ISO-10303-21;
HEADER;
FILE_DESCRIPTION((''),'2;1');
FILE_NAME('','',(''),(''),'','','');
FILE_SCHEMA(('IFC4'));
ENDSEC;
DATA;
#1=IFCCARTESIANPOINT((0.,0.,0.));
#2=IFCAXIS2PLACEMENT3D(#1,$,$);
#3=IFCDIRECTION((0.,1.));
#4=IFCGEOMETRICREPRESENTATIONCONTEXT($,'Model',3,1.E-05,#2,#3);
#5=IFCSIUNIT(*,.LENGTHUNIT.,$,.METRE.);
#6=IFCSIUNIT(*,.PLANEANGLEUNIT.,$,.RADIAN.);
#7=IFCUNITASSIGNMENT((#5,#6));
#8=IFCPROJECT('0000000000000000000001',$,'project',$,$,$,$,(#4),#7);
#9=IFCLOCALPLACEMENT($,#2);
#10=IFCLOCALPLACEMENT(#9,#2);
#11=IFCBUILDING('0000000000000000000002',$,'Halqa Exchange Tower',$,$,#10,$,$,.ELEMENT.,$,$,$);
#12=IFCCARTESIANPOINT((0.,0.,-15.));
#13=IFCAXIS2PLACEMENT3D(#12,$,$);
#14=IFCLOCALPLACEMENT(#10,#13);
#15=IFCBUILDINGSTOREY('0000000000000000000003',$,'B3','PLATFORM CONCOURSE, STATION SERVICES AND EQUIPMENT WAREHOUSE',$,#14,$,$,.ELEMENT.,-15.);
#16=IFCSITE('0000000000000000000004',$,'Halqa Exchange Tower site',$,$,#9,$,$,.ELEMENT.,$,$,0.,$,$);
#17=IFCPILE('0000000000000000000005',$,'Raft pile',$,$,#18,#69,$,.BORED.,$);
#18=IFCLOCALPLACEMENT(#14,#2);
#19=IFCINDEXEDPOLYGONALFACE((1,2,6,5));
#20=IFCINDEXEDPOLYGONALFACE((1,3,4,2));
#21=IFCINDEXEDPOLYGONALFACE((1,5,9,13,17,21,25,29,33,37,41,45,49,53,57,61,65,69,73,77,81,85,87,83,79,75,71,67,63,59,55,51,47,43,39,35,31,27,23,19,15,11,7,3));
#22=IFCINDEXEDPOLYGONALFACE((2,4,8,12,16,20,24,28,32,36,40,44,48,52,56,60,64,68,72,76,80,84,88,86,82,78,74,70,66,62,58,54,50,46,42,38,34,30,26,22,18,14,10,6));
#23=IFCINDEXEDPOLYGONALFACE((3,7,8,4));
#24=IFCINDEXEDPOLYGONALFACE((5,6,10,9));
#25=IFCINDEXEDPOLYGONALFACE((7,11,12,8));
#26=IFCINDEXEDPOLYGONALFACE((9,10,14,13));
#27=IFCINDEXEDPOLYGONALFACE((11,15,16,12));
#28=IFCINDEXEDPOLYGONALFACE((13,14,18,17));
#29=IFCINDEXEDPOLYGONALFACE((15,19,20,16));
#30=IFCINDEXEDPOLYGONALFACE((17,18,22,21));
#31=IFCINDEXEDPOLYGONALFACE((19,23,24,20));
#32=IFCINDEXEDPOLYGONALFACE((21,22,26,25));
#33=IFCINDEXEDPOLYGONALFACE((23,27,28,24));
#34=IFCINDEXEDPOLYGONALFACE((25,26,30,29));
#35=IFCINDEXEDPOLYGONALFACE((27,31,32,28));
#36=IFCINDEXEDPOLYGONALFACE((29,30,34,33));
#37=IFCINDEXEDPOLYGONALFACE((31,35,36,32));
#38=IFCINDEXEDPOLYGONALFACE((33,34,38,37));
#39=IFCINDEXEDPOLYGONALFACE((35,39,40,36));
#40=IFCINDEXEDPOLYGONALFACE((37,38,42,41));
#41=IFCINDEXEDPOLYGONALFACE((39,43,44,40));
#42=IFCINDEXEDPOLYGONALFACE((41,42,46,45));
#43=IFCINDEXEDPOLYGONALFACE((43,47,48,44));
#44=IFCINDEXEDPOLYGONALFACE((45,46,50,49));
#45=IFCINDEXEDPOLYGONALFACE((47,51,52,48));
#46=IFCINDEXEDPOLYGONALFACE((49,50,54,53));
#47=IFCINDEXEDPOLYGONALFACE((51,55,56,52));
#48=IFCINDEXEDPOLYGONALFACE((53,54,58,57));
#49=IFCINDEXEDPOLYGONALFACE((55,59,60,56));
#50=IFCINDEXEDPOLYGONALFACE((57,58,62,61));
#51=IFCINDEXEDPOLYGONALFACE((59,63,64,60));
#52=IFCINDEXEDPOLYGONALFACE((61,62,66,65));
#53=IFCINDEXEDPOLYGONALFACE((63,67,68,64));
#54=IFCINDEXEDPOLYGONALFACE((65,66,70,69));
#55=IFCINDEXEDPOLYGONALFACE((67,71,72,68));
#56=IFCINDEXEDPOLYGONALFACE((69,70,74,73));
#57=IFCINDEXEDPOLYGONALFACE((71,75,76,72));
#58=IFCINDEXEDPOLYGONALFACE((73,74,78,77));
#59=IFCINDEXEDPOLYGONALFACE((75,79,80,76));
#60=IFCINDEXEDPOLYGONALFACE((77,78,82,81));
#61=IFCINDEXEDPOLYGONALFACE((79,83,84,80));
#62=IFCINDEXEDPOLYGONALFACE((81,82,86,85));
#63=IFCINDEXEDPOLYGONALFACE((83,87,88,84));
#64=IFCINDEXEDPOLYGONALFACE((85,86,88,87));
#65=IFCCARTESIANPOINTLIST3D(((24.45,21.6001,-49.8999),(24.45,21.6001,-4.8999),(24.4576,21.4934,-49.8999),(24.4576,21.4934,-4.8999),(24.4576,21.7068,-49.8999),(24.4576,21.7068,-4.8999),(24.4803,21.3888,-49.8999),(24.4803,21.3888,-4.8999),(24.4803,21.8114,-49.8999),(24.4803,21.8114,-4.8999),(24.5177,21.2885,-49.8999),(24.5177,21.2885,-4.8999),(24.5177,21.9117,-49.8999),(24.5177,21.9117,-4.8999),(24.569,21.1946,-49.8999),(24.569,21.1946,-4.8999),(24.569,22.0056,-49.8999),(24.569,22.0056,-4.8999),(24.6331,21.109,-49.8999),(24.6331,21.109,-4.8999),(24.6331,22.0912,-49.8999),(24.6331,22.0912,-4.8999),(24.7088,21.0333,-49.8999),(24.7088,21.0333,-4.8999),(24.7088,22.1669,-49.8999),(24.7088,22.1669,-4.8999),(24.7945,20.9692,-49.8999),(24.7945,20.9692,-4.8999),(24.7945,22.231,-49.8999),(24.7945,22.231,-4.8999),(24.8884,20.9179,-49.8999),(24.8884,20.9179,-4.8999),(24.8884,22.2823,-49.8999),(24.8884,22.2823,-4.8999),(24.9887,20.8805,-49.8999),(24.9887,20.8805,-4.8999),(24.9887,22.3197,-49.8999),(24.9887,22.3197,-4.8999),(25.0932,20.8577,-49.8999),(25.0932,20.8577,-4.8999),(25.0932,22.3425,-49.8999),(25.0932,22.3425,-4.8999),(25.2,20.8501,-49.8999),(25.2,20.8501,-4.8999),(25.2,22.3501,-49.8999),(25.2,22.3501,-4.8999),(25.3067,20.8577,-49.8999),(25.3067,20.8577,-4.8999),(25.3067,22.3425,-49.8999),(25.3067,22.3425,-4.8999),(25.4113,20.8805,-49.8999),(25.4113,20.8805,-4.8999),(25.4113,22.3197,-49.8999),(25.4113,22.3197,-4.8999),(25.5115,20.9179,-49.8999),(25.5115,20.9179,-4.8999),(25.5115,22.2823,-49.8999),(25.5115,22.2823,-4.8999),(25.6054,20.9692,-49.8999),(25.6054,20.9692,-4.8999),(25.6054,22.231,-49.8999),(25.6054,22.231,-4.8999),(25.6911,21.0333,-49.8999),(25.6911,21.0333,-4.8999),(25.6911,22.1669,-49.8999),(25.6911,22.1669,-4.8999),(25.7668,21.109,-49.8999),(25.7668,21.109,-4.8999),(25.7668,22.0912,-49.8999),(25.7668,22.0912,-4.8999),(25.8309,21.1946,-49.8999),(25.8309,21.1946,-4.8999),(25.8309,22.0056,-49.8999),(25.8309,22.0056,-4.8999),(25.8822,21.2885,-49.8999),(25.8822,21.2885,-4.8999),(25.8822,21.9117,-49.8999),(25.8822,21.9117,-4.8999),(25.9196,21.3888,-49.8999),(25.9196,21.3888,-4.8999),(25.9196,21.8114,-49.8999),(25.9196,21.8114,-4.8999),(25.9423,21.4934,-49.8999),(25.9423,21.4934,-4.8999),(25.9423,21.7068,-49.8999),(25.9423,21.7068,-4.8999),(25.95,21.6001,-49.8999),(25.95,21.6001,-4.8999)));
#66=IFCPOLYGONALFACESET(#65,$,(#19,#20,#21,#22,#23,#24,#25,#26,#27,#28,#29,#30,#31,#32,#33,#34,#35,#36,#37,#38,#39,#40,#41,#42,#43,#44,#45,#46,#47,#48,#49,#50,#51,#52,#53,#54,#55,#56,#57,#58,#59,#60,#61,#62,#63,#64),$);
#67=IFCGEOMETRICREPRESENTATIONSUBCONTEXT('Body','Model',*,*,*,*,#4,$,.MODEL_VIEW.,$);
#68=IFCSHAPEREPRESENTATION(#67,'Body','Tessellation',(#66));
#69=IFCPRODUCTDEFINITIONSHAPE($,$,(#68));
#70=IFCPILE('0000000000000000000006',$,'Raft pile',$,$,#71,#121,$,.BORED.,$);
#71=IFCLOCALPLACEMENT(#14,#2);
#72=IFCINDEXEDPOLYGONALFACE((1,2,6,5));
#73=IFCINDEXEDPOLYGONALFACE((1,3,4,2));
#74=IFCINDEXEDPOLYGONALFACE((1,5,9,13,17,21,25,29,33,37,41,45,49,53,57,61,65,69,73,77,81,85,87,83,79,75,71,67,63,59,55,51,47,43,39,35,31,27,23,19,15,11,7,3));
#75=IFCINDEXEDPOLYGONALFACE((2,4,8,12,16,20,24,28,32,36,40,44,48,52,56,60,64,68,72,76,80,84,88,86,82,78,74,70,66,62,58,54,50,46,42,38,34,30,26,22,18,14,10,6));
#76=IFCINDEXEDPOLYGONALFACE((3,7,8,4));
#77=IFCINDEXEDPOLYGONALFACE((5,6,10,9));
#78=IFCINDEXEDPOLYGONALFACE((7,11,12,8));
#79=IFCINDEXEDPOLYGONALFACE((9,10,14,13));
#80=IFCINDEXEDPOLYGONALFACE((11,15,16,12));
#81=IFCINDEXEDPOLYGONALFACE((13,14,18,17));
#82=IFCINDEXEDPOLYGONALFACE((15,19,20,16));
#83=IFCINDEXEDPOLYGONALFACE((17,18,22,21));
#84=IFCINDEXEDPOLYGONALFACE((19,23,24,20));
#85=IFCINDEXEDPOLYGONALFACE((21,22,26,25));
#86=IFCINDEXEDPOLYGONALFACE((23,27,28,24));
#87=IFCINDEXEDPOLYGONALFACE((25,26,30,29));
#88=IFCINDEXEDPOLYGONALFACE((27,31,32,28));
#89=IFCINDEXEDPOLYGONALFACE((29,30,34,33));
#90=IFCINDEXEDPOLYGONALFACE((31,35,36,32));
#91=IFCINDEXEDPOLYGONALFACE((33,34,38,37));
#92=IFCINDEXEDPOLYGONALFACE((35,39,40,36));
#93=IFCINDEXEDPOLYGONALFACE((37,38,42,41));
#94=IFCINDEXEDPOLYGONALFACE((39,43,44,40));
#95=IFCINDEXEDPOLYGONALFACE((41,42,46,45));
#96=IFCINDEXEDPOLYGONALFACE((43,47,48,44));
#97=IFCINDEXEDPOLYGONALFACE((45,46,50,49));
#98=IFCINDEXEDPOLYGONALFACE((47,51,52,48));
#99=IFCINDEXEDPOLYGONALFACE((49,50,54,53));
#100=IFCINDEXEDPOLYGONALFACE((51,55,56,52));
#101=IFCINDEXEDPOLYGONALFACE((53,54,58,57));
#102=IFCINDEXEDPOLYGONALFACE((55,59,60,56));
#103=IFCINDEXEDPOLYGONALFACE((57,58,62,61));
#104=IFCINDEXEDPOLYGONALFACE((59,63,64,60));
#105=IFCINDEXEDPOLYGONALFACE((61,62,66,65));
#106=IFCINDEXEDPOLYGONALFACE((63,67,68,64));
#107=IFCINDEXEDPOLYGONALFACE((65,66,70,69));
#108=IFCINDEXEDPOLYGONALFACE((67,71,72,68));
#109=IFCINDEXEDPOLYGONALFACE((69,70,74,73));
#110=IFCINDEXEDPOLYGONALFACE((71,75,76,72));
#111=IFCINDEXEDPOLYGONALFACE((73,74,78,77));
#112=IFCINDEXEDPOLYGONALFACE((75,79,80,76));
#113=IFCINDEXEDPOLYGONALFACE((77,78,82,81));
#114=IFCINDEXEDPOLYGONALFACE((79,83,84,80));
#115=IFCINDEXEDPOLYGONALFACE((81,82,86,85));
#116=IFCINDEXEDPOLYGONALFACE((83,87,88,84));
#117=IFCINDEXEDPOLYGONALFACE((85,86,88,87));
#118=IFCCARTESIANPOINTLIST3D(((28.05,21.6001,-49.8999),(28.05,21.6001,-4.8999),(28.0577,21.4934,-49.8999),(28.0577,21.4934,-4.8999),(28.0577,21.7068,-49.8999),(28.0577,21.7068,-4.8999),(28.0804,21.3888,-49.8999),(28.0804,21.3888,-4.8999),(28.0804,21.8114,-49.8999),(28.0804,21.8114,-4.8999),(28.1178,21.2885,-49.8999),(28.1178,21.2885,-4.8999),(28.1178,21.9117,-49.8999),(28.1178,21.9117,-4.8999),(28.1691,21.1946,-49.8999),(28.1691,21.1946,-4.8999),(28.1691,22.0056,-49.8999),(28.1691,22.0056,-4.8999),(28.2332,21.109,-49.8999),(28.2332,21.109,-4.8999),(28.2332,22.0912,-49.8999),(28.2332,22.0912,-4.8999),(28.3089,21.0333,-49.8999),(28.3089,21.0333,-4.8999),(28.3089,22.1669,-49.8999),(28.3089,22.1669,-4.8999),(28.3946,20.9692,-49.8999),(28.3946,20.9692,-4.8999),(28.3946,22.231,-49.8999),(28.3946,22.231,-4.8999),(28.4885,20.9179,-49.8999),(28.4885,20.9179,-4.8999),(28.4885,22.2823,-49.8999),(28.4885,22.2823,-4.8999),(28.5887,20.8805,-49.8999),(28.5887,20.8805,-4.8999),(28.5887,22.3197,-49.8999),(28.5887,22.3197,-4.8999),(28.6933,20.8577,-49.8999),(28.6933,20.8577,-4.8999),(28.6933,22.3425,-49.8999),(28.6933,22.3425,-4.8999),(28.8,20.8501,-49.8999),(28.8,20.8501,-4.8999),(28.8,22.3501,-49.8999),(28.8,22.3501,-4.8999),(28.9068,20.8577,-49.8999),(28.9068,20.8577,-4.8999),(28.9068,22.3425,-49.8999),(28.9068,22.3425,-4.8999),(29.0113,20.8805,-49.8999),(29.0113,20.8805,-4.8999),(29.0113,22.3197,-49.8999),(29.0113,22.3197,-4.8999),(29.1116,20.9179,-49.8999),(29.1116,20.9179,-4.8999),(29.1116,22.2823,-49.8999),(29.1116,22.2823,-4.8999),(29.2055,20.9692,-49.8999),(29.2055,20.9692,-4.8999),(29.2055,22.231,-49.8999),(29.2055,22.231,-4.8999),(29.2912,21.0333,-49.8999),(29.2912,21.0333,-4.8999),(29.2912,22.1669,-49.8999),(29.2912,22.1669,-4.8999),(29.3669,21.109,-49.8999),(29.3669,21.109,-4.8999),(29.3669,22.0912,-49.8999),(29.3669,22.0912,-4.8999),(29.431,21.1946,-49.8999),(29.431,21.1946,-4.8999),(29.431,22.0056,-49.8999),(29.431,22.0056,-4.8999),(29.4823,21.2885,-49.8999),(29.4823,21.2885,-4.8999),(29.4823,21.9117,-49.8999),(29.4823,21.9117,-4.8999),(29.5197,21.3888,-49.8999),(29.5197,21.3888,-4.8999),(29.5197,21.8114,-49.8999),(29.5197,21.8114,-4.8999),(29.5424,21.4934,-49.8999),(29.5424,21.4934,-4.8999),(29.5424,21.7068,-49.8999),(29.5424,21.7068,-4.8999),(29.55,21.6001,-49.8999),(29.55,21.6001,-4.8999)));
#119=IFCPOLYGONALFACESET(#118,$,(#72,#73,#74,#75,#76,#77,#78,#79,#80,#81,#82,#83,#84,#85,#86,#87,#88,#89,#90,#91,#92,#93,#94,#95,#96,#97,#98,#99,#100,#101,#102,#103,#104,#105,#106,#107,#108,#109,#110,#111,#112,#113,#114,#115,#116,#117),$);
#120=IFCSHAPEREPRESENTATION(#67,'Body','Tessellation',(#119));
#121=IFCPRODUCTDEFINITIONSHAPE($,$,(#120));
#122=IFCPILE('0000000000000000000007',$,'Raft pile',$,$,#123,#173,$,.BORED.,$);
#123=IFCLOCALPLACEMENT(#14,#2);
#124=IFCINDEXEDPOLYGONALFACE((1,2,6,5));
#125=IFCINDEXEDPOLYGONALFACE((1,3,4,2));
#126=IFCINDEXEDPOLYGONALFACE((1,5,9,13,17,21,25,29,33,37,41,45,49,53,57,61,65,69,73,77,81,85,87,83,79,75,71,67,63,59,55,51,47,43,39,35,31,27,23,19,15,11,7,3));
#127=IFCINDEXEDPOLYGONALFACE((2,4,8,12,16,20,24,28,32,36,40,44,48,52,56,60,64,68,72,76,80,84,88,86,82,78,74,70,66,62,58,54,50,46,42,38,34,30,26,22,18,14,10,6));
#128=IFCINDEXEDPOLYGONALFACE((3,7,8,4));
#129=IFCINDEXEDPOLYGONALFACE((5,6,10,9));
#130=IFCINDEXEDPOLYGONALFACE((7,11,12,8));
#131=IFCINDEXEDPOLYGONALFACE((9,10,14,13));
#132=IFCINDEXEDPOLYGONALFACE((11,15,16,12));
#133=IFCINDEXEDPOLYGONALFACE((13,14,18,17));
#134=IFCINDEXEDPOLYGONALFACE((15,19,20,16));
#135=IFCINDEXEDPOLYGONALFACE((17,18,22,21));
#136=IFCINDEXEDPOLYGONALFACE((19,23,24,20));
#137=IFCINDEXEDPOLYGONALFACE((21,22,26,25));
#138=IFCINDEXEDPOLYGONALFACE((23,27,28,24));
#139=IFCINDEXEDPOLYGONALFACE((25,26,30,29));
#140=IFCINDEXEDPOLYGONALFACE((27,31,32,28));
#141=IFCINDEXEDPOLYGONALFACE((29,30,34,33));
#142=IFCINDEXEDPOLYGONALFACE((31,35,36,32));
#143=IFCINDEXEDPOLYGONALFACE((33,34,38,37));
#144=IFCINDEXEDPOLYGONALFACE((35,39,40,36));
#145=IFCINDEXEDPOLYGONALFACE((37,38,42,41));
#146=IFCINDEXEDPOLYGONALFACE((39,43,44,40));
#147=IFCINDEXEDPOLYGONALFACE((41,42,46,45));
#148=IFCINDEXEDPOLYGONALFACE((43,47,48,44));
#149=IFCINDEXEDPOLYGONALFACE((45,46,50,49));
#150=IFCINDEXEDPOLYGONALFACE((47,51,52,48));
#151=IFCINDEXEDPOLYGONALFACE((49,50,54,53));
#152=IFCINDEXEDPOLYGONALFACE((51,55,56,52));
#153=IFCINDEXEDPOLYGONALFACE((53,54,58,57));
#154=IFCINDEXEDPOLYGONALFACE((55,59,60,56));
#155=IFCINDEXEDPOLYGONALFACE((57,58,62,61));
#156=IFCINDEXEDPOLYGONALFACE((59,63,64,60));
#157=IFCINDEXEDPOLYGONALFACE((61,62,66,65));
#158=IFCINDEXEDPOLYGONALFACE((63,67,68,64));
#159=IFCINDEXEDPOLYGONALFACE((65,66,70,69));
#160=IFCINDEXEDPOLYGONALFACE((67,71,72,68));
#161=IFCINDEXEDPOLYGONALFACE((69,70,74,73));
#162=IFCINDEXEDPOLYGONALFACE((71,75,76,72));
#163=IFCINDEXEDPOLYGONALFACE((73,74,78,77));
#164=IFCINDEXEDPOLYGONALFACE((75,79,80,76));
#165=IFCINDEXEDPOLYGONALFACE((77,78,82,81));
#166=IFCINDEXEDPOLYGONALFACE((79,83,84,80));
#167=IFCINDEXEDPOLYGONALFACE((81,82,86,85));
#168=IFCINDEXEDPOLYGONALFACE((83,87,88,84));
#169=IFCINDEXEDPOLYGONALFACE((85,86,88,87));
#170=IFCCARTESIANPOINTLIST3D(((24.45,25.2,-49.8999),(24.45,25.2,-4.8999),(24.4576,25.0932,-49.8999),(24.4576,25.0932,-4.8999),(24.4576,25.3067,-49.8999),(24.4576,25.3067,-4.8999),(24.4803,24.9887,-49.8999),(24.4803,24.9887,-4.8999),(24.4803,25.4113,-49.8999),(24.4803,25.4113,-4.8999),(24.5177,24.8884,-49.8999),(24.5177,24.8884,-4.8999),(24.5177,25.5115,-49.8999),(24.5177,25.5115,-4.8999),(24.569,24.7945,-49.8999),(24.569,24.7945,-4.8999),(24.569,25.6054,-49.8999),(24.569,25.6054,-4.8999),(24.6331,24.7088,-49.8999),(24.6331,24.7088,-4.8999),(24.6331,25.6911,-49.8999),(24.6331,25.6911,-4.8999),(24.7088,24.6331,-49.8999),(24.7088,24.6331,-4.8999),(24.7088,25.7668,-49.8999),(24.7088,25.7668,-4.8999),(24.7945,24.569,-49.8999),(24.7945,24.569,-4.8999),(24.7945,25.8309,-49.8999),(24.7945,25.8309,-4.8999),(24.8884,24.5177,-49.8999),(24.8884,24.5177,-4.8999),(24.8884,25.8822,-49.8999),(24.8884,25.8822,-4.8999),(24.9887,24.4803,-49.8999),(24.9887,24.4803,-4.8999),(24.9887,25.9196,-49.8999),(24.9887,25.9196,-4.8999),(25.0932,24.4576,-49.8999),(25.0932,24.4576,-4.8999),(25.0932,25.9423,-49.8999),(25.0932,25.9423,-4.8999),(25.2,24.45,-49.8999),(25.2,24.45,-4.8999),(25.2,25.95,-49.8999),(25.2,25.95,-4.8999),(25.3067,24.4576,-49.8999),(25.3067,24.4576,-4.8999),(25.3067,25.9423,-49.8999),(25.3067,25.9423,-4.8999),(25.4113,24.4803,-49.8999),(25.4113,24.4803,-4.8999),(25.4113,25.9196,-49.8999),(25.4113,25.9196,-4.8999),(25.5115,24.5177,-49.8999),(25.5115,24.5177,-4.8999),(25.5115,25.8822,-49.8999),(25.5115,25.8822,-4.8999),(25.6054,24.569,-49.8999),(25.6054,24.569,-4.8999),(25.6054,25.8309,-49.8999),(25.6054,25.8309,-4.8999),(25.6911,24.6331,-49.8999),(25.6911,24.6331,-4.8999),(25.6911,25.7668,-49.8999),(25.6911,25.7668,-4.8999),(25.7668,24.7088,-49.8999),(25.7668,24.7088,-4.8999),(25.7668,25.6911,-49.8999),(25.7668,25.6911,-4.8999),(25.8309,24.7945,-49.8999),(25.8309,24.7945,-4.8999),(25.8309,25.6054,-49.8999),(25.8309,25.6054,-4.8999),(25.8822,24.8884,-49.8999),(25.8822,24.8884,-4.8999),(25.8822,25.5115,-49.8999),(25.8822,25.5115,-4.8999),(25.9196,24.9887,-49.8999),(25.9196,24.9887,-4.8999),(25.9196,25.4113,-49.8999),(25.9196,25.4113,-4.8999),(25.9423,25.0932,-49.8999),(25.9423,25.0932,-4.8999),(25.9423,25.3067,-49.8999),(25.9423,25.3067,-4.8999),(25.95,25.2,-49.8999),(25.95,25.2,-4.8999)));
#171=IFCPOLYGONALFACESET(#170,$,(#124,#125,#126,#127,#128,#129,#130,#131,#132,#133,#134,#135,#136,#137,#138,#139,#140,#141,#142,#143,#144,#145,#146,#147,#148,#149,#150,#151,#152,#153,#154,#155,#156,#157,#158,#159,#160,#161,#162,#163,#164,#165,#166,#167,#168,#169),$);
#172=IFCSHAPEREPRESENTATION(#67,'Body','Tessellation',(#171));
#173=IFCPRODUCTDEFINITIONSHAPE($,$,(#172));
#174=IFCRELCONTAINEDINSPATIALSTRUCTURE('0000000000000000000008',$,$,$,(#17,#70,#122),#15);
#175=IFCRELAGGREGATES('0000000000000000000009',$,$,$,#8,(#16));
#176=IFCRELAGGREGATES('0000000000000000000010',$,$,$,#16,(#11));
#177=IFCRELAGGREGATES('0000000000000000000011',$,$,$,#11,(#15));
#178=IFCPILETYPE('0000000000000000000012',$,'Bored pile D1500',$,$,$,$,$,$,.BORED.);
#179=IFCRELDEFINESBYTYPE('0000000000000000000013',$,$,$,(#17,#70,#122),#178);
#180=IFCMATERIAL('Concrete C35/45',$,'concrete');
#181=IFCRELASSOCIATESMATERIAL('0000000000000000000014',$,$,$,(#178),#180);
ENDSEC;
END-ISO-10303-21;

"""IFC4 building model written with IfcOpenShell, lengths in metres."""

from ifc_helpers import new_model, si_unit, direction, frame, origin, origin_2d, place, context, subcontext, project, spatial, circle, extrude, material, material_profile, profile_set, type_object, element, save


model = new_model("IFC4")

# Units and contexts
model_context = context("Model", 3, precision=1e-05, world=origin(), true_north=direction((0.0, 1.0)))
body_context = subcontext(model_context, "Body", "Model", "MODEL_VIEW")
ifc_project = project(units=[si_unit("LENGTHUNIT", "METRE"), si_unit("PLANEANGLEUNIT", "RADIAN")], contexts=[model_context])

# Site, building, storey
site_placement = place(None, origin())
site = spatial("IfcSite", under=ifc_project, at=site_placement, Name="Halqa Exchange Tower site", CompositionType="ELEMENT", RefElevation=0.0)
building_placement = place(site_placement, origin())
building = spatial("IfcBuilding", under=site, at=building_placement, Name="Halqa Exchange Tower", CompositionType="ELEMENT")
storey_placement = place(building_placement, frame((0.0, 0.0, -15.0)))
storey = spatial("IfcBuildingStorey", under=building, at=storey_placement, Name="B3", Description="PLATFORM CONCOURSE, STATION SERVICES AND EQUIPMENT WAREHOUSE", CompositionType="ELEMENT", Elevation=-15.0)

# Piles
ifc_material_1 = material(Name="Concrete C35/45", Category="concrete")
ifc_material_profile_1 = material_profile(ifc_material_1, circle(Radius=0.75, at=origin_2d()), Name="D1500")
ifc_profile_set_1 = profile_set([ifc_material_profile_1], Name="Concrete C35/45")
pile_type_1 = type_object("IfcPileType", Name="Bored pile D1500", PredefinedType="BORED", material=ifc_profile_set_1)
for number, where, z_axis, x_axis, name in (
    (1, (25.2, 21.6001, -4.8999), (0.0, 0.0, -1.0), (1.0, 0.0, 0.0), "Raft pile"),
    (2, (28.8, 21.6001, -4.8999), (0.0, 0.0, -1.0), (1.0, 0.0, 0.0), "Raft pile"),
    (3, (25.2, 25.2, -4.8999), (0.0, 0.0, -1.0), (1.0, 0.0, 0.0), "Raft pile"),
):
    element("IfcPile", number, at=place(storey_placement, frame(where, z_axis=z_axis, x_axis=x_axis)), inside=storey, type_object=pile_type_1, Name=name, PredefinedType="BORED", context=body_context, shape_type="SweptSolid", body=[
        extrude(circle(Radius=0.75, at=origin_2d()), origin(), (0.0, 0.0, 1.0), 45.0),
    ])

save(model, "model.ifc")
